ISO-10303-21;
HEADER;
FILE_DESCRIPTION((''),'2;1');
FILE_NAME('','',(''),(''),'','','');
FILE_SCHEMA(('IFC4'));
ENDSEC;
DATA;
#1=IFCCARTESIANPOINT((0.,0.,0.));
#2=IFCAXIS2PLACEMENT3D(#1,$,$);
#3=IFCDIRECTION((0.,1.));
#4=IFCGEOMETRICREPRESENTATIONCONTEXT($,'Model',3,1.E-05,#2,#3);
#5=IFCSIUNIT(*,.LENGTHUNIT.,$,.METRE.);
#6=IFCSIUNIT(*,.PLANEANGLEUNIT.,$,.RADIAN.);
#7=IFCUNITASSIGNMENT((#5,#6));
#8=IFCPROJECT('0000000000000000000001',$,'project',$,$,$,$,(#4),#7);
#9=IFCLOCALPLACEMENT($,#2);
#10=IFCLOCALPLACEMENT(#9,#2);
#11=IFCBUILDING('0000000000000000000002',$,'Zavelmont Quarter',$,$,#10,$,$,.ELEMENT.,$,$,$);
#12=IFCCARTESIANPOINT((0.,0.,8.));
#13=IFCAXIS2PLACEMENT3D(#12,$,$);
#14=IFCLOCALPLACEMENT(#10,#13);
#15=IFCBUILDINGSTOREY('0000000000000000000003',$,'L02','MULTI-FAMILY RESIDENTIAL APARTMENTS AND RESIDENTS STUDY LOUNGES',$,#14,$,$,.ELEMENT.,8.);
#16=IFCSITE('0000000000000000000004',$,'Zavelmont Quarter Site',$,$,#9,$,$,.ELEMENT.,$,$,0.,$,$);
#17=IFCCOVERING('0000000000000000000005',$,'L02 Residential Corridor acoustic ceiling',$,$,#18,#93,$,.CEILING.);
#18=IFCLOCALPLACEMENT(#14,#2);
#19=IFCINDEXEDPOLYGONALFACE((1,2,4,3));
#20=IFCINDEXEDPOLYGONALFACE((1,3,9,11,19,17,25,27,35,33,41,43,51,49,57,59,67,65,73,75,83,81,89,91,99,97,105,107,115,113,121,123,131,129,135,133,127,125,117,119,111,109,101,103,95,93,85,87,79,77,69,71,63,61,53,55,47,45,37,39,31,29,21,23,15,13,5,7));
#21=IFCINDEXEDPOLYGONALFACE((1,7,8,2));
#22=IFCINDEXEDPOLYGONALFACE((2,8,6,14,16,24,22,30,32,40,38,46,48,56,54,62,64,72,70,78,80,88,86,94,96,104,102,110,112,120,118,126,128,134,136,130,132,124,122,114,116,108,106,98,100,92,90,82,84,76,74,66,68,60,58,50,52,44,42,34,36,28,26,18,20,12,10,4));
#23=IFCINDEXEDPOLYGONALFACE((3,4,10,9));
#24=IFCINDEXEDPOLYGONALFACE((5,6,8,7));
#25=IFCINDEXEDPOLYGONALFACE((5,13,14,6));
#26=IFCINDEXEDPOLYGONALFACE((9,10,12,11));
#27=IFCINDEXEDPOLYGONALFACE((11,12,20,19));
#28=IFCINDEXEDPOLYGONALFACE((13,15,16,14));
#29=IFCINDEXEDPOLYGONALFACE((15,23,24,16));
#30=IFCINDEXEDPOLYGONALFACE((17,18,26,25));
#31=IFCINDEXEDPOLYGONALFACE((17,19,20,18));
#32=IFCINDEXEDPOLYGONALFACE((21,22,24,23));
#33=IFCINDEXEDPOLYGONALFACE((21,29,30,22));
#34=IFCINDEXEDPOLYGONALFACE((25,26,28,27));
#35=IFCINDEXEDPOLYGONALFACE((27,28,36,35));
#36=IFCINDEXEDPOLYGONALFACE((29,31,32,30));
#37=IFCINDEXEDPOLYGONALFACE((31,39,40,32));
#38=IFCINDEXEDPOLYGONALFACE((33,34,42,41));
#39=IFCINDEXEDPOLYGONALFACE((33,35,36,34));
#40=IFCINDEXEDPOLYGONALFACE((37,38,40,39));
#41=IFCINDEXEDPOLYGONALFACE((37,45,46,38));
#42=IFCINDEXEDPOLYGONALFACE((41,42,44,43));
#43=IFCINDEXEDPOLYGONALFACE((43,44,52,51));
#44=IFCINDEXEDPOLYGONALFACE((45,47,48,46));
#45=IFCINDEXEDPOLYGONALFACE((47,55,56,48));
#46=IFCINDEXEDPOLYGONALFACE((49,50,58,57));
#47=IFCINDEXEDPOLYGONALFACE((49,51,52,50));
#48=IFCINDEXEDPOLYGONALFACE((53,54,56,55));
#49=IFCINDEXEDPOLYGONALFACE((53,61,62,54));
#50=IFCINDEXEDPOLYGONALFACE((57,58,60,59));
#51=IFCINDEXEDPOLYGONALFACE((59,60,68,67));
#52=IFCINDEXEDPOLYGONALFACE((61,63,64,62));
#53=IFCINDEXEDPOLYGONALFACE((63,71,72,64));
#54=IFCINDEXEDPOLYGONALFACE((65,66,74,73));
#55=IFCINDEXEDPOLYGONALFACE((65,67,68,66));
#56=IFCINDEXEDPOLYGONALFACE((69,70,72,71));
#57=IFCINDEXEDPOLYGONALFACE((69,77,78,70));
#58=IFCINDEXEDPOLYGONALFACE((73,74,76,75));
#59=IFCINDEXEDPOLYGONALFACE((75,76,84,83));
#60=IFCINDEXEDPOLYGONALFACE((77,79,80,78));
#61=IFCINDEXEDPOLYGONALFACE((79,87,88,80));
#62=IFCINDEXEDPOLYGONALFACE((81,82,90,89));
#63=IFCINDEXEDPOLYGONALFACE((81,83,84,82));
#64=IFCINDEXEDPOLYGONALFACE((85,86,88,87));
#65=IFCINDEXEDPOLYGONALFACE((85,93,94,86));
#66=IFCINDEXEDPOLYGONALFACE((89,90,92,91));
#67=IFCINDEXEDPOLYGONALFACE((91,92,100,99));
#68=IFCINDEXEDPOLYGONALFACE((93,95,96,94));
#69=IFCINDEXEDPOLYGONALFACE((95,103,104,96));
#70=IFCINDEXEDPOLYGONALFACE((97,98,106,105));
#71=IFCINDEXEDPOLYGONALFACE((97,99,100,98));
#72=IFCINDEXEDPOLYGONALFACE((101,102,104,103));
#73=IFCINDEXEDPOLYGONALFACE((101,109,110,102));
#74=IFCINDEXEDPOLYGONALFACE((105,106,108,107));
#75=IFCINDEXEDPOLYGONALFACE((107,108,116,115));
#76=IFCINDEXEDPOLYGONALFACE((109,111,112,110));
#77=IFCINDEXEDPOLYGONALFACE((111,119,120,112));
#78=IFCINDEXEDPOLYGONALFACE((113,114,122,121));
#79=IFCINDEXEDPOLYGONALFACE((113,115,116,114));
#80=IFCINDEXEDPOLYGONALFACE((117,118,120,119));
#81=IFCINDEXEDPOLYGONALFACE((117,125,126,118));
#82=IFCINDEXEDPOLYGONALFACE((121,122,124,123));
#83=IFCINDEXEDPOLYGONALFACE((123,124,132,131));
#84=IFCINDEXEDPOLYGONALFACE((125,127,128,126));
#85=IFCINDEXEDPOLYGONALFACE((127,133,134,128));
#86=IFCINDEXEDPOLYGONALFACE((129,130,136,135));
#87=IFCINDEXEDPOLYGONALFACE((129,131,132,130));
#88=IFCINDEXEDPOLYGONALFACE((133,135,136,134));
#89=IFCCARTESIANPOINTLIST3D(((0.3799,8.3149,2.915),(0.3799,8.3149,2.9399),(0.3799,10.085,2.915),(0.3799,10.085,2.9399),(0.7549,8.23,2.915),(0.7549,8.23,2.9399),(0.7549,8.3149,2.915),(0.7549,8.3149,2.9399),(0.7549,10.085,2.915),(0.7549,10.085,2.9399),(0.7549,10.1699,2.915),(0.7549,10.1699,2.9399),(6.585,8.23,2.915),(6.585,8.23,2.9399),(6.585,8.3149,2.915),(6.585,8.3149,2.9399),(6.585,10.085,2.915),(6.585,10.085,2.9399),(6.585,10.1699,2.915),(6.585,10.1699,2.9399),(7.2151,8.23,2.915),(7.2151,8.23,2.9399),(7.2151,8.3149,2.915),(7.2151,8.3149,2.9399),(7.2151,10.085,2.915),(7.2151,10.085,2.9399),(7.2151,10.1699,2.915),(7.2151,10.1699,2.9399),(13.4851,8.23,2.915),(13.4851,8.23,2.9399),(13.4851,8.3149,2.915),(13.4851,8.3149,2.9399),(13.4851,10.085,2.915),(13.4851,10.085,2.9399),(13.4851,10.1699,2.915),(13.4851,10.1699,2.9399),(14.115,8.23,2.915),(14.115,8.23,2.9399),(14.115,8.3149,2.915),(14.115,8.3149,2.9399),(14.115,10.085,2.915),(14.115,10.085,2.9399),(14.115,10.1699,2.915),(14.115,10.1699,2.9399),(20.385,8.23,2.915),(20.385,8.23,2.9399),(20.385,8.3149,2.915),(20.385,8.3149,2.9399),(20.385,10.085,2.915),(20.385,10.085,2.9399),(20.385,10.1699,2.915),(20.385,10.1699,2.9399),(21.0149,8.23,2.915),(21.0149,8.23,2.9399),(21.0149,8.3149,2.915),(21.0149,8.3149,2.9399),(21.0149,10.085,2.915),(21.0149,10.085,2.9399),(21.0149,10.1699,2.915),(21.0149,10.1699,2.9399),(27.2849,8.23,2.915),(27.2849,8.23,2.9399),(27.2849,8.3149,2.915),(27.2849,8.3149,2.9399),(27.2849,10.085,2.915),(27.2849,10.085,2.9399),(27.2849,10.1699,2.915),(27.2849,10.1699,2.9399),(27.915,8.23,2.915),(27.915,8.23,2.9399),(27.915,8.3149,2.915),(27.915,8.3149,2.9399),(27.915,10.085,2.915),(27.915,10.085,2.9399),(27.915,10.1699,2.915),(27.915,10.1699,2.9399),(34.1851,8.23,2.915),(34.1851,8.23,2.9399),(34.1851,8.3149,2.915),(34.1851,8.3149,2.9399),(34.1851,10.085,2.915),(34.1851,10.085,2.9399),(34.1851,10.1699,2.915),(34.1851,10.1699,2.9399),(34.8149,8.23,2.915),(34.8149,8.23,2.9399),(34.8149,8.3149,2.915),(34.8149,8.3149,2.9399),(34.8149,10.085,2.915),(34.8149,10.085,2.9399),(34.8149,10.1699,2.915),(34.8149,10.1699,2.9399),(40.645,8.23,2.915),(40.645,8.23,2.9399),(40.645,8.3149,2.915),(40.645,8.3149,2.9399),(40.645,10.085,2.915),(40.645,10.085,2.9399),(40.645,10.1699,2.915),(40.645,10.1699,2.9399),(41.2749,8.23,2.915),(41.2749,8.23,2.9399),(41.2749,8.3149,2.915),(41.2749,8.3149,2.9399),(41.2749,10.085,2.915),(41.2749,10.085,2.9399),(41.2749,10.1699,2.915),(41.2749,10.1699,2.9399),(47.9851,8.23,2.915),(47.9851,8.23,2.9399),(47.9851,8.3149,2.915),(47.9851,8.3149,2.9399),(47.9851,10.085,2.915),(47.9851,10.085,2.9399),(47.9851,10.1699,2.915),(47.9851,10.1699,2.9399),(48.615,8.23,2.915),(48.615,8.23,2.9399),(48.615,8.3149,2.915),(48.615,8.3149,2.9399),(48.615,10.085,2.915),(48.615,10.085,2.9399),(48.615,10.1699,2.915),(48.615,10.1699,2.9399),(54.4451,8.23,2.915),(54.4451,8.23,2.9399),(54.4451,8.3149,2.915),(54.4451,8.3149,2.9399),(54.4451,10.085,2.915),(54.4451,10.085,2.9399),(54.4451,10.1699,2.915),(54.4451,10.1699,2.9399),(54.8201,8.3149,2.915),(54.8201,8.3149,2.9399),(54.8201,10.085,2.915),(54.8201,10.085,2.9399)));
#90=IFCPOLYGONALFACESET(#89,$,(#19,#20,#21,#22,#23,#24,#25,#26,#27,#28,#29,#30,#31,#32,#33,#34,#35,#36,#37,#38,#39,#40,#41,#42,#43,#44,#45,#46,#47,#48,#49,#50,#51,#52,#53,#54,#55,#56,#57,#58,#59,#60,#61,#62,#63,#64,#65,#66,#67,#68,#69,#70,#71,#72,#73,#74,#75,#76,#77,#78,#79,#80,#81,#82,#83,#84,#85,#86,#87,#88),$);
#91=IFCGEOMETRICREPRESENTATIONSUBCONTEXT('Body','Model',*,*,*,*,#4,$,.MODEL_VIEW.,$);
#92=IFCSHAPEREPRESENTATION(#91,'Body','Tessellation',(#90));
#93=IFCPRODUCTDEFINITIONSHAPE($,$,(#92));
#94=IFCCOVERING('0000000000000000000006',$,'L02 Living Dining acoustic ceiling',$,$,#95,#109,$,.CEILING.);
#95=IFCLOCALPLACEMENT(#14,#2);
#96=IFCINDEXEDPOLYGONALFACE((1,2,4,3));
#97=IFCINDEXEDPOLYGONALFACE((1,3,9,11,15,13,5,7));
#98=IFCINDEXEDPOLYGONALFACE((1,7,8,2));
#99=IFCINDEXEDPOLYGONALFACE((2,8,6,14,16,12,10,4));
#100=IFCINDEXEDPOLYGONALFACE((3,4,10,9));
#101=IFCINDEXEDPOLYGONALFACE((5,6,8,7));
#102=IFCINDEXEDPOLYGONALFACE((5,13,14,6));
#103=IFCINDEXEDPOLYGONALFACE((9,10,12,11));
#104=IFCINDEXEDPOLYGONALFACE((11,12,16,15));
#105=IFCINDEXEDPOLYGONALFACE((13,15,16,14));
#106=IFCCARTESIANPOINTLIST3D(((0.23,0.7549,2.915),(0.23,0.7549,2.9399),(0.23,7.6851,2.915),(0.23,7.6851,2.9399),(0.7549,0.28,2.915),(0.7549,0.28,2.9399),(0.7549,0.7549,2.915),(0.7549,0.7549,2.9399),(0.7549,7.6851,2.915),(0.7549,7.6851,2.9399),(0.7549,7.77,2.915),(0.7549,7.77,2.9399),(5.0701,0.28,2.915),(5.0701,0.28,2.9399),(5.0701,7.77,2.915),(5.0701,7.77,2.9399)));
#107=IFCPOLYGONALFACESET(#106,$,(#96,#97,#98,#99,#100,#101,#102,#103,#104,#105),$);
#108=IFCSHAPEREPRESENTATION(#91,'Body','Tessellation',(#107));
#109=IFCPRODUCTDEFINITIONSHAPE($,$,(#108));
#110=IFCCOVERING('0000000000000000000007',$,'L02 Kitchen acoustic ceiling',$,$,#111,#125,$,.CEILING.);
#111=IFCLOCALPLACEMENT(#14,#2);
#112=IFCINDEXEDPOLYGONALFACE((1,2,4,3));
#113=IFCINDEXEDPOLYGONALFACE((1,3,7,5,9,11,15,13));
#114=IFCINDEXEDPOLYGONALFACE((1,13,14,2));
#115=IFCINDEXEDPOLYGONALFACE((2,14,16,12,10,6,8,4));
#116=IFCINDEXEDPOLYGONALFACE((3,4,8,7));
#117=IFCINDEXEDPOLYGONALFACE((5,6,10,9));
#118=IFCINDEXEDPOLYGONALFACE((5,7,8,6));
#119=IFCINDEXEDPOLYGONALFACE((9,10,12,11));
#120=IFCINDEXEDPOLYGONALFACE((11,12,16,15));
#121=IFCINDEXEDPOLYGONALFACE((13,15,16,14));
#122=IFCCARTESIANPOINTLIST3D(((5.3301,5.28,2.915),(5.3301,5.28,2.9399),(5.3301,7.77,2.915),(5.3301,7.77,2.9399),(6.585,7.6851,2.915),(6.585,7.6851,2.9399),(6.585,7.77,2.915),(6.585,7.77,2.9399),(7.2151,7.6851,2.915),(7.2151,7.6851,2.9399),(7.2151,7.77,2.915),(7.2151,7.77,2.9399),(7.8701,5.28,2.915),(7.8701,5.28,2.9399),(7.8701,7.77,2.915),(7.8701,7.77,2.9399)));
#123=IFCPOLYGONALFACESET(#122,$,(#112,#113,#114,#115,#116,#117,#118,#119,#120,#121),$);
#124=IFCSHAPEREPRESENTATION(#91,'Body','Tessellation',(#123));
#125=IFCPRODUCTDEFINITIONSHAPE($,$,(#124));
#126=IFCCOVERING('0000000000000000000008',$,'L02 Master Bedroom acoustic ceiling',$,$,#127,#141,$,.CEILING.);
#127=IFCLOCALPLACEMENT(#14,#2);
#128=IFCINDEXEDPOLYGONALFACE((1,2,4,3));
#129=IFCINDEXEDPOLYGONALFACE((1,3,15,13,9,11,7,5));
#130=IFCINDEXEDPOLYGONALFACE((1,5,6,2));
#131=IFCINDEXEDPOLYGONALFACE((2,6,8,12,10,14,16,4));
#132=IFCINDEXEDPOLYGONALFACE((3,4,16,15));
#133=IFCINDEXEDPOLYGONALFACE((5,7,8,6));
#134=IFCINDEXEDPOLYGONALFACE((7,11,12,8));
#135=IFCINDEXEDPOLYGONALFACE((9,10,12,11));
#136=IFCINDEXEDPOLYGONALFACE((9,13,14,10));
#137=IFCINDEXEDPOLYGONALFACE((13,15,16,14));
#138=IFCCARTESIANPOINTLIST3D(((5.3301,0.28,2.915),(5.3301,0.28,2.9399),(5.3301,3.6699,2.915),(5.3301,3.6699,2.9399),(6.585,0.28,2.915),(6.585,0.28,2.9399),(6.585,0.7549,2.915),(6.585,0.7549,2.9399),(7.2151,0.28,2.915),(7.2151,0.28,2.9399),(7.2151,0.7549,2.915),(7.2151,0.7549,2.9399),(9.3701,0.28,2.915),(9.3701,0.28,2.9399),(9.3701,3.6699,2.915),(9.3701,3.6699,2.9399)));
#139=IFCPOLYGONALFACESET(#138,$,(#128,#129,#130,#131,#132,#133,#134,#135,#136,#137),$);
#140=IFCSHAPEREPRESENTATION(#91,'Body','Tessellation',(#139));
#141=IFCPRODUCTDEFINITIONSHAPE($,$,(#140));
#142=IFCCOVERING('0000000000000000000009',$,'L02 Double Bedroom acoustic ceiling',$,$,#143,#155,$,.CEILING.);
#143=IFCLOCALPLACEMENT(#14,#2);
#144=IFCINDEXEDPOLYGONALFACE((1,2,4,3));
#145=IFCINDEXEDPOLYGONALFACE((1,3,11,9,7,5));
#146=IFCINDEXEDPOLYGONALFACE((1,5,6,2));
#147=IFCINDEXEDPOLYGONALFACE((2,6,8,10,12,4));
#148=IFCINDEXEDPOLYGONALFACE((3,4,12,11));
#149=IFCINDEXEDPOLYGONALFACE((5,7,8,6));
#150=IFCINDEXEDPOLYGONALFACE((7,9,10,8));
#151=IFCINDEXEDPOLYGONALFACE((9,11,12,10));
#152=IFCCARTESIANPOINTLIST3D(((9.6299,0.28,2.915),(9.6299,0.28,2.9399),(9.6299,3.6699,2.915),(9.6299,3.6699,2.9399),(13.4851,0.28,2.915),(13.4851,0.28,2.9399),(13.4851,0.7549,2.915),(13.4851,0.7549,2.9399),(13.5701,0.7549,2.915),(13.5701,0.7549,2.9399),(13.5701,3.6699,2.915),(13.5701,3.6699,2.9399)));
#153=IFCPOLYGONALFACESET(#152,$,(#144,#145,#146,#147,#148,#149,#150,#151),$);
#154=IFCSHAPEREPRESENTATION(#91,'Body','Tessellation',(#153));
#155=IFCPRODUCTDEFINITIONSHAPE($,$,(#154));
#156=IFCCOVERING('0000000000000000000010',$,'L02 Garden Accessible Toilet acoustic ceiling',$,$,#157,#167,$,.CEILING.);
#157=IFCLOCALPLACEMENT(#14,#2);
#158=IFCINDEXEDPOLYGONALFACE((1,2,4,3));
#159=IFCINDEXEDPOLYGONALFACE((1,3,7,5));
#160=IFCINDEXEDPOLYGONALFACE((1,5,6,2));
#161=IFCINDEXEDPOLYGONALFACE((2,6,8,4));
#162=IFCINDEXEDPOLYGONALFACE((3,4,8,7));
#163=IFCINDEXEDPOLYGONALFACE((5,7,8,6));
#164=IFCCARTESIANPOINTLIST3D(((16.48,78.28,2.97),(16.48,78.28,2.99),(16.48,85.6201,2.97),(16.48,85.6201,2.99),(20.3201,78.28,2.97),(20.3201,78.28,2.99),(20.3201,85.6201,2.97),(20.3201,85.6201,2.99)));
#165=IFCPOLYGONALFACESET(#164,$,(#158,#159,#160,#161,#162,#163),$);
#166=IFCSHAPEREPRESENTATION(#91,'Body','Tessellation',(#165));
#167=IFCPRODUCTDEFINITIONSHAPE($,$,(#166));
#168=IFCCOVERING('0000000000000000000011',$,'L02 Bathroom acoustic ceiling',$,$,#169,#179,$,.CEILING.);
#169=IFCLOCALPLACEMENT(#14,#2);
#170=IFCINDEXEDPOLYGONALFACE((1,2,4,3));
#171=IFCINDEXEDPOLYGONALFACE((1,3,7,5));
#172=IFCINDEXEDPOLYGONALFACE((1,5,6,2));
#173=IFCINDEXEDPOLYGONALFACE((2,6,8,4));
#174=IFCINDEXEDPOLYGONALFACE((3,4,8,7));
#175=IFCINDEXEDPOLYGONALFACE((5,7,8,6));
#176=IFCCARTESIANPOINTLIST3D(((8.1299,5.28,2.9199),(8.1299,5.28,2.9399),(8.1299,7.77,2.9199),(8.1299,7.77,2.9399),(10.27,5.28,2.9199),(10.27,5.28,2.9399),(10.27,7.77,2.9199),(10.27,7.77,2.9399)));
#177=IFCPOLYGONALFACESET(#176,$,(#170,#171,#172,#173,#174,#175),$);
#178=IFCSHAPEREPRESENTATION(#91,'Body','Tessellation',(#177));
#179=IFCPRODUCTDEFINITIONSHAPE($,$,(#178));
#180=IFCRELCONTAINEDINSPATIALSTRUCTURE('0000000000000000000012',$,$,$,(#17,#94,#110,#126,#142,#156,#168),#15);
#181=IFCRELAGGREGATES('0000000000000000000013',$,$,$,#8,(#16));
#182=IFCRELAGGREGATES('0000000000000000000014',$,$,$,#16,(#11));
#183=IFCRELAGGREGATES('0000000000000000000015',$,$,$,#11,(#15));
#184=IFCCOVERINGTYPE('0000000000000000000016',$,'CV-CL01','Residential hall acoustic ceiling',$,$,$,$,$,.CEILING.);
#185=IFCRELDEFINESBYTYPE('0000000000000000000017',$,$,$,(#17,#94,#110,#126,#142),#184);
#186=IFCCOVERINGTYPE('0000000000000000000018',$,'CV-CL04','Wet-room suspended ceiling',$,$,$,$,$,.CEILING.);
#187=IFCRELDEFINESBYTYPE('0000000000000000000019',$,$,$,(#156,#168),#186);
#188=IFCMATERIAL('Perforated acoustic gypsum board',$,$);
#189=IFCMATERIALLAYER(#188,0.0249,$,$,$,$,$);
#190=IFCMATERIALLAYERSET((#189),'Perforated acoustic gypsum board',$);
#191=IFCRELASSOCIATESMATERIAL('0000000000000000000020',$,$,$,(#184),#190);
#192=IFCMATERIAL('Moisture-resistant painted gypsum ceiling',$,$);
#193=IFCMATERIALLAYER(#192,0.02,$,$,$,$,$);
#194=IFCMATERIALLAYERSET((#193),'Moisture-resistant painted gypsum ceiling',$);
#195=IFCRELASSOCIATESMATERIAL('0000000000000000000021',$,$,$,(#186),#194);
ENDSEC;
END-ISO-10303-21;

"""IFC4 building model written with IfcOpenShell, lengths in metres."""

from ifc_helpers import new_model, si_unit, direction, frame, origin, place, context, subcontext, project, spatial, polyline, outline, extrude, material, layer, layer_set, type_object, element, save


model = new_model("IFC4")

# Units and contexts
model_context = context("Model", 3, precision=1e-05, world=origin(), true_north=direction((0.0, 1.0)))
body_context = subcontext(model_context, "Body", "Model", "MODEL_VIEW")
ifc_project = project(units=[si_unit("LENGTHUNIT", "METRE"), si_unit("PLANEANGLEUNIT", "RADIAN")], contexts=[model_context])

# Site, building, storey
site_placement = place(None, origin())
site = spatial("IfcSite", under=ifc_project, at=site_placement, Name="Zavelmont Quarter Site", CompositionType="ELEMENT", RefElevation=0.0)
building_placement = place(site_placement, origin())
building = spatial("IfcBuilding", under=site, at=building_placement, Name="Zavelmont Quarter", CompositionType="ELEMENT")
storey_placement = place(building_placement, frame((0.0, 0.0, 8.0)))
storey = spatial("IfcBuildingStorey", under=building, at=storey_placement, Name="L02", Description="MULTI-FAMILY RESIDENTIAL APARTMENTS AND RESIDENTS STUDY LOUNGES", CompositionType="ELEMENT", Elevation=8.0)

# Coverings
ifc_material_1 = material(Name="Perforated acoustic gypsum board")
ifc_layer_1 = layer(ifc_material_1, 0.0249)
ifc_layer_set_1 = layer_set([ifc_layer_1], Name="Perforated acoustic gypsum board")
covering_type_1 = type_object("IfcCoveringType", Name="CV-CL01", Description="Residential hall acoustic ceiling", PredefinedType="CEILING", material=ifc_layer_set_1)
covering_1_placement = place(storey_placement, frame((0.0, 0.0, 2.915)))
element("IfcCovering", 1, at=covering_1_placement, inside=storey, type_object=covering_type_1, Name="L02 Residential Corridor acoustic ceiling", PredefinedType="CEILING", context=body_context, shape_type="SweptSolid", body=[
    extrude(outline(polyline([(0.3799, 10.085), (0.7549, 10.085), (0.7549, 10.1699), (6.585, 10.1699), (6.585, 10.085), (7.2151, 10.085), (7.2151, 10.1699), (13.4851, 10.1699), (13.4851, 10.085), (14.115, 10.085), (14.115, 10.1699), (20.385, 10.1699), (20.385, 10.085), (21.0149, 10.085), (21.0149, 10.1699), (27.2849, 10.1699), (27.2849, 10.085), (27.915, 10.085), (27.915, 10.1699), (34.1851, 10.1699), (34.1851, 10.085), (34.8149, 10.085), (34.8149, 10.1699), (40.645, 10.1699), (40.645, 10.085), (41.2749, 10.085), (41.2749, 10.1699), (47.9851, 10.1699), (47.9851, 10.085), (48.615, 10.085), (48.615, 10.1699), (54.4451, 10.1699), (54.4451, 10.085), (54.8201, 10.085), (54.8201, 8.3149), (54.4451, 8.3149), (54.4451, 8.23), (48.615, 8.23), (48.615, 8.3149), (47.9851, 8.3149), (47.9851, 8.23), (41.2749, 8.23), (41.2749, 8.3149), (40.645, 8.3149), (40.645, 8.23), (34.8149, 8.23), (34.8149, 8.3149), (34.1851, 8.3149), (34.1851, 8.23), (27.915, 8.23), (27.915, 8.3149), (27.2849, 8.3149), (27.2849, 8.23), (21.0149, 8.23), (21.0149, 8.3149), (20.385, 8.3149), (20.385, 8.23), (14.115, 8.23), (14.115, 8.3149), (13.4851, 8.3149), (13.4851, 8.23), (7.2151, 8.23), (7.2151, 8.3149), (6.585, 8.3149), (6.585, 8.23), (0.7549, 8.23), (0.7549, 8.3149), (0.3799, 8.3149), (0.3799, 10.085)])), origin(), (0.0, 0.0, 1.0), 0.0249),
])
covering_2_placement = place(storey_placement, frame((0.0, 0.0, 2.915)))
element("IfcCovering", 2, at=covering_2_placement, inside=storey, type_object=covering_type_1, Name="L02 Living Dining acoustic ceiling", PredefinedType="CEILING", context=body_context, shape_type="SweptSolid", body=[
    extrude(outline(polyline([(0.23, 7.6851), (0.7549, 7.6851), (0.7549, 7.77), (5.0701, 7.77), (5.0701, 0.28), (0.7549, 0.28), (0.7549, 0.7549), (0.23, 0.7549), (0.23, 7.6851)])), origin(), (0.0, 0.0, 1.0), 0.0249),
])
covering_3_placement = place(storey_placement, frame((0.0, 0.0, 2.915)))
element("IfcCovering", 3, at=covering_3_placement, inside=storey, type_object=covering_type_1, Name="L02 Kitchen acoustic ceiling", PredefinedType="CEILING", context=body_context, shape_type="SweptSolid", body=[
    extrude(outline(polyline([(5.3301, 7.77), (6.585, 7.77), (6.585, 7.6851), (7.2151, 7.6851), (7.2151, 7.77), (7.8701, 7.77), (7.8701, 5.28), (5.3301, 5.28), (5.3301, 7.77)])), origin(), (0.0, 0.0, 1.0), 0.0249),
])
covering_4_placement = place(storey_placement, frame((0.0, 0.0, 2.915)))
element("IfcCovering", 4, at=covering_4_placement, inside=storey, type_object=covering_type_1, Name="L02 Master Bedroom acoustic ceiling", PredefinedType="CEILING", context=body_context, shape_type="SweptSolid", body=[
    extrude(outline(polyline([(5.3301, 3.6699), (9.3701, 3.6699), (9.3701, 0.28), (7.2151, 0.28), (7.2151, 0.7549), (6.585, 0.7549), (6.585, 0.28), (5.3301, 0.28), (5.3301, 3.6699)])), origin(), (0.0, 0.0, 1.0), 0.0249),
])
covering_5_placement = place(storey_placement, frame((0.0, 0.0, 2.915)))
element("IfcCovering", 5, at=covering_5_placement, inside=storey, type_object=covering_type_1, Name="L02 Double Bedroom acoustic ceiling", PredefinedType="CEILING", context=body_context, shape_type="SweptSolid", body=[
    extrude(outline(polyline([(9.6299, 3.6699), (13.5701, 3.6699), (13.5701, 0.7549), (13.4851, 0.7549), (13.4851, 0.28), (9.6299, 0.28), (9.6299, 3.6699)])), origin(), (0.0, 0.0, 1.0), 0.0249),
])
ifc_material_2 = material(Name="Moisture-resistant painted gypsum ceiling")
ifc_layer_2 = layer(ifc_material_2, 0.02)
ifc_layer_set_2 = layer_set([ifc_layer_2], Name="Moisture-resistant painted gypsum ceiling")
covering_type_2 = type_object("IfcCoveringType", Name="CV-CL04", Description="Wet-room suspended ceiling", PredefinedType="CEILING", material=ifc_layer_set_2)
covering_6_placement = place(storey_placement, frame((0.0, 0.0, 2.97)))
element("IfcCovering", 6, at=covering_6_placement, inside=storey, type_object=covering_type_2, Name="L02 Garden Accessible Toilet acoustic ceiling", PredefinedType="CEILING", context=body_context, shape_type="SweptSolid", body=[
    extrude(outline(polyline([(16.48, 85.6201), (20.3201, 85.6201), (20.3201, 78.28), (16.48, 78.28), (16.48, 85.6201)])), origin(), (0.0, 0.0, 1.0), 0.02),
])
covering_7_placement = place(storey_placement, frame((0.0, 0.0, 2.9199)))
element("IfcCovering", 7, at=covering_7_placement, inside=storey, type_object=covering_type_2, Name="L02 Bathroom acoustic ceiling", PredefinedType="CEILING", context=body_context, shape_type="SweptSolid", body=[
    extrude(outline(polyline([(8.1299, 7.77), (10.27, 7.77), (10.27, 5.28), (8.1299, 5.28), (8.1299, 7.77)])), origin(), (0.0, 0.0, 1.0), 0.02),
])

save(model, "model.ifc")
